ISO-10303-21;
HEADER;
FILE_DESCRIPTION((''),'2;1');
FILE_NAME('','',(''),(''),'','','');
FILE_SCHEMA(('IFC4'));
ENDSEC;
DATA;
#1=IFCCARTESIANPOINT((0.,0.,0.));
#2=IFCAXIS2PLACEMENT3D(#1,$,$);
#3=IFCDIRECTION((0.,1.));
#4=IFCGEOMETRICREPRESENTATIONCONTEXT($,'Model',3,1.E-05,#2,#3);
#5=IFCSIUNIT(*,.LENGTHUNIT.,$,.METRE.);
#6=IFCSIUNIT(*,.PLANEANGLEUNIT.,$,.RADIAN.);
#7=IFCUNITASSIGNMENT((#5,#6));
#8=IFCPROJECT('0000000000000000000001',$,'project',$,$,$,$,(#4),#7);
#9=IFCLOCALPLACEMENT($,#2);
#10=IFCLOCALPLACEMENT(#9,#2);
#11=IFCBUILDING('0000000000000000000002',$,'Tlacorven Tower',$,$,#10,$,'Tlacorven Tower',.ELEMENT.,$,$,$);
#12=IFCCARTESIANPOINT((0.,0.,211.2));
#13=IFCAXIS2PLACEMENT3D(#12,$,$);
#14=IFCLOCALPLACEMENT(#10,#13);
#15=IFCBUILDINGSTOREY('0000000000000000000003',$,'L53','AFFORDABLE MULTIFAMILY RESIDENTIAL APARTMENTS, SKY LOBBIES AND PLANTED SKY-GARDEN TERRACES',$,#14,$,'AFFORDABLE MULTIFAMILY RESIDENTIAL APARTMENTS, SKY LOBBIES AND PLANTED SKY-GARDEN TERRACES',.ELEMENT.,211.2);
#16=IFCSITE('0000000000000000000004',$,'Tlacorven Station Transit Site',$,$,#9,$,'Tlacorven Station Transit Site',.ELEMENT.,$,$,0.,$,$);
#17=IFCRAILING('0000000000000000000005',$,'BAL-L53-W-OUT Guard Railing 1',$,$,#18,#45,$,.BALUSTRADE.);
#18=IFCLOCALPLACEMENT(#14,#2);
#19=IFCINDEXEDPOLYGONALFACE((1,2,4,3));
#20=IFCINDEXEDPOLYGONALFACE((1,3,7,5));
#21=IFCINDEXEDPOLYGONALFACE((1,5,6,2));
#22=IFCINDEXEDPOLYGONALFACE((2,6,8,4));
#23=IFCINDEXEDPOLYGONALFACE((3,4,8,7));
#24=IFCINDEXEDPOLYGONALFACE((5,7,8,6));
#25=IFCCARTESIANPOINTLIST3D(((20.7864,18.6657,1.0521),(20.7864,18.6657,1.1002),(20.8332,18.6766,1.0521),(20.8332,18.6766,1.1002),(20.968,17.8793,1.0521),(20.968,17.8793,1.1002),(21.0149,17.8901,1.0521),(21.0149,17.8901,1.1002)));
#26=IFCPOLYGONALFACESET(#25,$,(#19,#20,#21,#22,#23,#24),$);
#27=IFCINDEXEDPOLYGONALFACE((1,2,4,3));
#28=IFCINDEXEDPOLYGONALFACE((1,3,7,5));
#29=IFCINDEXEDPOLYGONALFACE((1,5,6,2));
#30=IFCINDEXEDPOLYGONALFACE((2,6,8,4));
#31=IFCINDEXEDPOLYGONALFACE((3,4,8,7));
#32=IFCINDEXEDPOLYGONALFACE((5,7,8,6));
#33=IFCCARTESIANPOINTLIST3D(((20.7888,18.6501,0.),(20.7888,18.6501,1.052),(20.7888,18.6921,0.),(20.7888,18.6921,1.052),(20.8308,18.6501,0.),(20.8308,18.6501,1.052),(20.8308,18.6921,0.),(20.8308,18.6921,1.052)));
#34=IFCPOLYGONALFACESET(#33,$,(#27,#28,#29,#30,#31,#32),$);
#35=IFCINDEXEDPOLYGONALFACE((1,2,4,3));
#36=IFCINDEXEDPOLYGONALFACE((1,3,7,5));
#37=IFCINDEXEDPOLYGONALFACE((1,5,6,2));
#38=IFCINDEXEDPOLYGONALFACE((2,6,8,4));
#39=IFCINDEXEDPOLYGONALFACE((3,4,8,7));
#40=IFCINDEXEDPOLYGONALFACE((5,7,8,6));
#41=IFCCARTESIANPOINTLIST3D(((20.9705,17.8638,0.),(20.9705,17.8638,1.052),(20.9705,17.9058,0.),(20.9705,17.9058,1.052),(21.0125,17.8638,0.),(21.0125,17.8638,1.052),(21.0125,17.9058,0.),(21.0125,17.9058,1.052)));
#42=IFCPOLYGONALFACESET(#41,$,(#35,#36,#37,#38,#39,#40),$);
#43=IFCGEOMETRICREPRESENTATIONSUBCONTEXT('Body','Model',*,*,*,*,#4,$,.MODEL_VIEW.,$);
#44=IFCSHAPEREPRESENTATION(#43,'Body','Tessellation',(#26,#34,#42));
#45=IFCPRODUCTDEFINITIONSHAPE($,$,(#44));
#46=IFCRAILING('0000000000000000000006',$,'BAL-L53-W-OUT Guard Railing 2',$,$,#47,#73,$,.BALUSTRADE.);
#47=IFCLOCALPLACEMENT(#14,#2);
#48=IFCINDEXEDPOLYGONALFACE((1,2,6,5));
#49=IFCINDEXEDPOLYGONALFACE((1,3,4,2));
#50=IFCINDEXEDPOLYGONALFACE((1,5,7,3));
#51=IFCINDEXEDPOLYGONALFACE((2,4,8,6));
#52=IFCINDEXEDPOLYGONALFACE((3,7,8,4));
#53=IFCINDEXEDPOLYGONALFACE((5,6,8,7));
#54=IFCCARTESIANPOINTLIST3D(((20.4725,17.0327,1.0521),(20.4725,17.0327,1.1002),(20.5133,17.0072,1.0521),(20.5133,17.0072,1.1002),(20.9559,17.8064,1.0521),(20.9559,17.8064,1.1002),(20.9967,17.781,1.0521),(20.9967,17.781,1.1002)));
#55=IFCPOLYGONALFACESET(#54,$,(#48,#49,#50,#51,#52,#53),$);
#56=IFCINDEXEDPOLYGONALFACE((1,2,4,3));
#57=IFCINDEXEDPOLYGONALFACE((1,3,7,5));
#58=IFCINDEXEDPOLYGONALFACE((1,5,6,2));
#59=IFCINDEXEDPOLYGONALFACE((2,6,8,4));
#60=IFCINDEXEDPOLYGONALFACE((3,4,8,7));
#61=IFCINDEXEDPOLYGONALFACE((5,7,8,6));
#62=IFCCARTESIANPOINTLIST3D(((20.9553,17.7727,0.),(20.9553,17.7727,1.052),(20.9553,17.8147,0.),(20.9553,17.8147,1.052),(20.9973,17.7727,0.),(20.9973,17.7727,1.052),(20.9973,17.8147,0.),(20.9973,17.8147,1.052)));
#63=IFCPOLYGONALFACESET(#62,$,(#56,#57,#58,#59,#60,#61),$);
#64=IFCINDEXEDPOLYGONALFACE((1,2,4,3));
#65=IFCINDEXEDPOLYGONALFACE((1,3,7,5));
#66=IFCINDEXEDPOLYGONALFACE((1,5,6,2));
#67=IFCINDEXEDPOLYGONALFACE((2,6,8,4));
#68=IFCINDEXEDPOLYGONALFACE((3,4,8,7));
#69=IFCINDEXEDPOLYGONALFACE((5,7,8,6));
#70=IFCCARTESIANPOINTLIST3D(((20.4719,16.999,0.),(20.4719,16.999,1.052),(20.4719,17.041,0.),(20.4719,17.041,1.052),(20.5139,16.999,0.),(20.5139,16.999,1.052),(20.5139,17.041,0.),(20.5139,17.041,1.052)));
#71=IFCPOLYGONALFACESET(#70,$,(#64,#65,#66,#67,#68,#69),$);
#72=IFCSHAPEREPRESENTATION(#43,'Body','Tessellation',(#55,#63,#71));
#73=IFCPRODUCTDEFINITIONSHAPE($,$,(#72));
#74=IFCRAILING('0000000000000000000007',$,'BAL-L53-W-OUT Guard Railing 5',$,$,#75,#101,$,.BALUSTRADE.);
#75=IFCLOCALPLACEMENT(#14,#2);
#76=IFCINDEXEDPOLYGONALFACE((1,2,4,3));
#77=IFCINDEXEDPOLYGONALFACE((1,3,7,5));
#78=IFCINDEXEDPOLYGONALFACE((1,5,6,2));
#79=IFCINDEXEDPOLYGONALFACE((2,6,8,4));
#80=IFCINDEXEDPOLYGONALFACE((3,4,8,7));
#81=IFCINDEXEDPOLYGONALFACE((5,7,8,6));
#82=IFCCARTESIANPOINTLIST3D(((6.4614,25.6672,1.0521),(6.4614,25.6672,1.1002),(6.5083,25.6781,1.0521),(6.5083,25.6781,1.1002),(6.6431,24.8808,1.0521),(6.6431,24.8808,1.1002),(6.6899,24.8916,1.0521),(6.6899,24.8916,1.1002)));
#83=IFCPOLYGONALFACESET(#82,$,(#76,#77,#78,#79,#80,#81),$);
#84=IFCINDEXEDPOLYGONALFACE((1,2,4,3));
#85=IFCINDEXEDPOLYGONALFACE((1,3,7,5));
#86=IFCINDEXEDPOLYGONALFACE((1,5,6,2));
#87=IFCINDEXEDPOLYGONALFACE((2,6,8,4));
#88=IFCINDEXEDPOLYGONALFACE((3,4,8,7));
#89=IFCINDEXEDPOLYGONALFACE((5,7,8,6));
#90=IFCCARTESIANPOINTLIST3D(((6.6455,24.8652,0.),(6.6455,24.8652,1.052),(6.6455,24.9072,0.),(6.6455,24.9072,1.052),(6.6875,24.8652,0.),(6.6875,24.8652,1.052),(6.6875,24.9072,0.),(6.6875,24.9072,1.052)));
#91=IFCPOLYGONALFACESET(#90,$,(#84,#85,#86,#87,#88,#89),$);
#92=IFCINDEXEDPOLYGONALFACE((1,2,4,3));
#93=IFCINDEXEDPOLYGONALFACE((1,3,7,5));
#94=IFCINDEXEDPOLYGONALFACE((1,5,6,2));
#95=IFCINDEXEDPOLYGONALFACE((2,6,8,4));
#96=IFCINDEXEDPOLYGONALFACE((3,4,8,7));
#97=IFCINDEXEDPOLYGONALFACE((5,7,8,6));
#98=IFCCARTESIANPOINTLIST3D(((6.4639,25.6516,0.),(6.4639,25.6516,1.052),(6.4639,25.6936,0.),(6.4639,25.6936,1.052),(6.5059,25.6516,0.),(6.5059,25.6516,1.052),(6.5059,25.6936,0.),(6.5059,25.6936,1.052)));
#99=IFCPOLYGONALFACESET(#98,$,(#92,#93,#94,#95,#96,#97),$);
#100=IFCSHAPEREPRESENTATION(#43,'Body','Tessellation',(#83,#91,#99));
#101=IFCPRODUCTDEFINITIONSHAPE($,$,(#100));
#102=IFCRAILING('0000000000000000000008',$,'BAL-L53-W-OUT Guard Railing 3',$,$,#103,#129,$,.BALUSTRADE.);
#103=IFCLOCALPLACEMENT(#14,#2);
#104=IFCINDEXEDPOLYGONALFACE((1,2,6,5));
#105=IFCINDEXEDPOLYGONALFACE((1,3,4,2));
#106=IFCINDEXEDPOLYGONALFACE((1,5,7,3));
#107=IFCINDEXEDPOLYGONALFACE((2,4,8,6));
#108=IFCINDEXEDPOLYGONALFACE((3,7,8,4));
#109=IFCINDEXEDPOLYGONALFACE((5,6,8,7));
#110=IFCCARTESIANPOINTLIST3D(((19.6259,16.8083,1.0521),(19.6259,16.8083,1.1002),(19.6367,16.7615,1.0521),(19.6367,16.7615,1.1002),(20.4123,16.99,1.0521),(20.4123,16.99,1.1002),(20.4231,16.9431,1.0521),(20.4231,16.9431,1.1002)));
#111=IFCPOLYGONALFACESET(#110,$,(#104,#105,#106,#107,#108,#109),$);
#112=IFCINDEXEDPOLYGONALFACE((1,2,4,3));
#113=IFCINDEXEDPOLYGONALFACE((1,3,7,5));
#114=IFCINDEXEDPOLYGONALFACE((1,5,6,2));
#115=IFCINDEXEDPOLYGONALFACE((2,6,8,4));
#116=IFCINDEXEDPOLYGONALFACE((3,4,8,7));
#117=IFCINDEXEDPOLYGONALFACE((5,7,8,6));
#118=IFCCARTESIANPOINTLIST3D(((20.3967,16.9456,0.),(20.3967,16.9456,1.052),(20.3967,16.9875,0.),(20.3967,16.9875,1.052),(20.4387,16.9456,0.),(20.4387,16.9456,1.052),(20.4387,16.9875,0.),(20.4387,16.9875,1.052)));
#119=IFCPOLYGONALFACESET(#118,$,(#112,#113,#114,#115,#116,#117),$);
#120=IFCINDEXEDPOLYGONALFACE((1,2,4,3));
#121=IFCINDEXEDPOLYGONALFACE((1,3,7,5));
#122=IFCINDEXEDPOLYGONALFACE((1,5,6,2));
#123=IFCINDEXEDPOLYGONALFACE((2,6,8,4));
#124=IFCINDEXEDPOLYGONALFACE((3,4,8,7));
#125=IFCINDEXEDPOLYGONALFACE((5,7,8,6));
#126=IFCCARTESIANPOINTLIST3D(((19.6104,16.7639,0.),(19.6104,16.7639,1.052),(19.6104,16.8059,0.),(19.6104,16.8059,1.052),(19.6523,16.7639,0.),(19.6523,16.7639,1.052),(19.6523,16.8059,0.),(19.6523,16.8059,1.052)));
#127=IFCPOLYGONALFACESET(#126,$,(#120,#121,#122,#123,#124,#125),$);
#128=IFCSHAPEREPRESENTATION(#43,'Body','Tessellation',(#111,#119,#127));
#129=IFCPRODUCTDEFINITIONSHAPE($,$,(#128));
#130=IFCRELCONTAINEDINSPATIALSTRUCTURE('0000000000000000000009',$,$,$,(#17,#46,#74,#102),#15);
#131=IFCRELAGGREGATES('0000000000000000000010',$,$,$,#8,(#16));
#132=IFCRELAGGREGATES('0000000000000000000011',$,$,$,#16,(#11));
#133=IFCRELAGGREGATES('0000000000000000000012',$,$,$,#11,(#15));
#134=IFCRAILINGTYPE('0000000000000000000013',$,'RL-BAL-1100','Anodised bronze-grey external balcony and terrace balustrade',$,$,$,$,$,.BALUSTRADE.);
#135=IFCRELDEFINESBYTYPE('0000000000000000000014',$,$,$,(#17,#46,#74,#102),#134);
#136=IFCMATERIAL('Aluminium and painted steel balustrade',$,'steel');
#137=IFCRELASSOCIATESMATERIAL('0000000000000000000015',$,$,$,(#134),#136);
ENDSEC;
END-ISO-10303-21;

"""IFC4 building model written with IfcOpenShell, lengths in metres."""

from ifc_helpers import new_model, si_unit, direction, frame, origin, origin_2d, place, context, subcontext, project, spatial, rectangle, extrude, source, transform, mapped, material, type_object, element, save


model = new_model("IFC4")

# Units and contexts
model_context = context("Model", 3, precision=1e-05, world=origin(), true_north=direction((0.0, 1.0)))
body_context = subcontext(model_context, "Body", "Model", "MODEL_VIEW")
ifc_project = project(units=[si_unit("LENGTHUNIT", "METRE"), si_unit("PLANEANGLEUNIT", "RADIAN")], contexts=[model_context])

# Site, building, storey
site_placement = place(None, origin())
site = spatial("IfcSite", under=ifc_project, at=site_placement, Name="Tlacorven Station Transit Site", LongName="Tlacorven Station Transit Site", CompositionType="ELEMENT", RefElevation=0.0)
building_placement = place(site_placement, origin())
building = spatial("IfcBuilding", under=site, at=building_placement, Name="Tlacorven Tower", LongName="Tlacorven Tower", CompositionType="ELEMENT")
storey_placement = place(building_placement, frame((0.0, 0.0, 211.2)))
storey = spatial("IfcBuildingStorey", under=building, at=storey_placement, Name="L53", Description="AFFORDABLE MULTIFAMILY RESIDENTIAL APARTMENTS, SKY LOBBIES AND PLANTED SKY-GARDEN TERRACES", LongName="AFFORDABLE MULTIFAMILY RESIDENTIAL APARTMENTS, SKY LOBBIES AND PLANTED SKY-GARDEN TERRACES", CompositionType="ELEMENT", Elevation=211.2)

# Railings
ifc_material_1 = material(Name="Aluminium and painted steel balustrade", Category="steel")
railing_type = type_object("IfcRailingType", Name="RL-BAL-1100", Description="Anodised bronze-grey external balcony and terrace balustrade", PredefinedType="BALUSTRADE", material=ifc_material_1)
shared_shape_1 = source(origin(), body_context, "Body", "SweptSolid", [
    extrude(rectangle(XDim=0.0481, YDim=0.0481, at=origin_2d()), frame((0.0, 0.0, 1.0762), z_axis=(0.225058, -0.974345, 0.0), x_axis=(0.974345, 0.225058, 0.0)), (0.0, 0.0, 1.0), 0.8071),
    extrude(rectangle(XDim=0.042, YDim=0.042, at=origin_2d()), origin(), (0.0, 0.0, 1.0), 1.052),
    extrude(rectangle(XDim=0.042, YDim=0.042, at=origin_2d()), frame((0.1816, -0.7864, 0.0)), (0.0, 0.0, 1.0), 1.052),
])
railing_1_placement = place(storey_placement, frame((20.8098, 18.6711, 0.0)))
element("IfcRailing", 1, at=railing_1_placement, inside=storey, type_object=railing_type, Name="BAL-L53-W-OUT Guard Railing 1", PredefinedType="BALUSTRADE", context=body_context, shape_type="MappedRepresentation", body=[
    mapped(shared_shape_1, transform((0.0, 0.0, 0.0), scale=1.0)),
])
shared_shape_2 = source(origin(), body_context, "Body", "SweptSolid", [
    extrude(rectangle(XDim=0.0481, YDim=0.0481, at=origin_2d()), frame((0.0, 0.0, 1.0762), z_axis=(-0.529879, -0.848073, 0.0), x_axis=(0.848073, -0.529879, 0.0)), (0.0, 0.0, 1.0), 0.9124),
    extrude(rectangle(XDim=0.042, YDim=0.042, at=origin_2d()), origin(), (0.0, 0.0, 1.0), 1.052),
    extrude(rectangle(XDim=0.042, YDim=0.042, at=origin_2d()), frame((-0.4834, -0.7737, 0.0)), (0.0, 0.0, 1.0), 1.052),
])
railing_2_placement = place(storey_placement, frame((20.9763, 17.7937, 0.0)))
element("IfcRailing", 2, at=railing_2_placement, inside=storey, type_object=railing_type, Name="BAL-L53-W-OUT Guard Railing 2", PredefinedType="BALUSTRADE", context=body_context, shape_type="MappedRepresentation", body=[
    mapped(shared_shape_2, transform((0.0, 0.0, 0.0), scale=1.0)),
])
shared_shape_3 = source(origin(), body_context, "Body", "SweptSolid", [
    extrude(rectangle(XDim=0.0481, YDim=0.0481, at=origin_2d()), frame((0.0, 0.0, 1.0762), z_axis=(-0.225058, 0.974345, 0.0), x_axis=(-0.974345, -0.225058, 0.0)), (0.0, 0.0, 1.0), 0.8071),
    extrude(rectangle(XDim=0.042, YDim=0.042, at=origin_2d()), origin(), (0.0, 0.0, 1.0), 1.052),
    extrude(rectangle(XDim=0.042, YDim=0.042, at=origin_2d()), frame((-0.1816, 0.7864, 0.0)), (0.0, 0.0, 1.0), 1.052),
])
railing_3_placement = place(storey_placement, frame((6.6665, 24.8862, 0.0)))
element("IfcRailing", 3, at=railing_3_placement, inside=storey, type_object=railing_type, Name="BAL-L53-W-OUT Guard Railing 5", PredefinedType="BALUSTRADE", context=body_context, shape_type="MappedRepresentation", body=[
    mapped(shared_shape_3, transform((0.0, 0.0, 0.0), scale=1.0)),
])
shared_shape_4 = source(origin(), body_context, "Body", "SweptSolid", [
    extrude(rectangle(XDim=0.0481, YDim=0.0481, at=origin_2d()), frame((0.0, 0.0, 1.0762), z_axis=(-0.974345, -0.225058, 0.0), x_axis=(0.225058, -0.974345, 0.0)), (0.0, 0.0, 1.0), 0.8071),
    extrude(rectangle(XDim=0.042, YDim=0.042, at=origin_2d()), origin(), (0.0, 0.0, 1.0), 1.052),
    extrude(rectangle(XDim=0.042, YDim=0.042, at=origin_2d()), frame((-0.7864, -0.1816, 0.0)), (0.0, 0.0, 1.0), 1.052),
])
railing_4_placement = place(storey_placement, frame((20.4177, 16.9666, 0.0)))
element("IfcRailing", 4, at=railing_4_placement, inside=storey, type_object=railing_type, Name="BAL-L53-W-OUT Guard Railing 3", PredefinedType="BALUSTRADE", context=body_context, shape_type="MappedRepresentation", body=[
    mapped(shared_shape_4, transform((0.0, 0.0, 0.0), scale=1.0)),
])

save(model, "model.ifc")
